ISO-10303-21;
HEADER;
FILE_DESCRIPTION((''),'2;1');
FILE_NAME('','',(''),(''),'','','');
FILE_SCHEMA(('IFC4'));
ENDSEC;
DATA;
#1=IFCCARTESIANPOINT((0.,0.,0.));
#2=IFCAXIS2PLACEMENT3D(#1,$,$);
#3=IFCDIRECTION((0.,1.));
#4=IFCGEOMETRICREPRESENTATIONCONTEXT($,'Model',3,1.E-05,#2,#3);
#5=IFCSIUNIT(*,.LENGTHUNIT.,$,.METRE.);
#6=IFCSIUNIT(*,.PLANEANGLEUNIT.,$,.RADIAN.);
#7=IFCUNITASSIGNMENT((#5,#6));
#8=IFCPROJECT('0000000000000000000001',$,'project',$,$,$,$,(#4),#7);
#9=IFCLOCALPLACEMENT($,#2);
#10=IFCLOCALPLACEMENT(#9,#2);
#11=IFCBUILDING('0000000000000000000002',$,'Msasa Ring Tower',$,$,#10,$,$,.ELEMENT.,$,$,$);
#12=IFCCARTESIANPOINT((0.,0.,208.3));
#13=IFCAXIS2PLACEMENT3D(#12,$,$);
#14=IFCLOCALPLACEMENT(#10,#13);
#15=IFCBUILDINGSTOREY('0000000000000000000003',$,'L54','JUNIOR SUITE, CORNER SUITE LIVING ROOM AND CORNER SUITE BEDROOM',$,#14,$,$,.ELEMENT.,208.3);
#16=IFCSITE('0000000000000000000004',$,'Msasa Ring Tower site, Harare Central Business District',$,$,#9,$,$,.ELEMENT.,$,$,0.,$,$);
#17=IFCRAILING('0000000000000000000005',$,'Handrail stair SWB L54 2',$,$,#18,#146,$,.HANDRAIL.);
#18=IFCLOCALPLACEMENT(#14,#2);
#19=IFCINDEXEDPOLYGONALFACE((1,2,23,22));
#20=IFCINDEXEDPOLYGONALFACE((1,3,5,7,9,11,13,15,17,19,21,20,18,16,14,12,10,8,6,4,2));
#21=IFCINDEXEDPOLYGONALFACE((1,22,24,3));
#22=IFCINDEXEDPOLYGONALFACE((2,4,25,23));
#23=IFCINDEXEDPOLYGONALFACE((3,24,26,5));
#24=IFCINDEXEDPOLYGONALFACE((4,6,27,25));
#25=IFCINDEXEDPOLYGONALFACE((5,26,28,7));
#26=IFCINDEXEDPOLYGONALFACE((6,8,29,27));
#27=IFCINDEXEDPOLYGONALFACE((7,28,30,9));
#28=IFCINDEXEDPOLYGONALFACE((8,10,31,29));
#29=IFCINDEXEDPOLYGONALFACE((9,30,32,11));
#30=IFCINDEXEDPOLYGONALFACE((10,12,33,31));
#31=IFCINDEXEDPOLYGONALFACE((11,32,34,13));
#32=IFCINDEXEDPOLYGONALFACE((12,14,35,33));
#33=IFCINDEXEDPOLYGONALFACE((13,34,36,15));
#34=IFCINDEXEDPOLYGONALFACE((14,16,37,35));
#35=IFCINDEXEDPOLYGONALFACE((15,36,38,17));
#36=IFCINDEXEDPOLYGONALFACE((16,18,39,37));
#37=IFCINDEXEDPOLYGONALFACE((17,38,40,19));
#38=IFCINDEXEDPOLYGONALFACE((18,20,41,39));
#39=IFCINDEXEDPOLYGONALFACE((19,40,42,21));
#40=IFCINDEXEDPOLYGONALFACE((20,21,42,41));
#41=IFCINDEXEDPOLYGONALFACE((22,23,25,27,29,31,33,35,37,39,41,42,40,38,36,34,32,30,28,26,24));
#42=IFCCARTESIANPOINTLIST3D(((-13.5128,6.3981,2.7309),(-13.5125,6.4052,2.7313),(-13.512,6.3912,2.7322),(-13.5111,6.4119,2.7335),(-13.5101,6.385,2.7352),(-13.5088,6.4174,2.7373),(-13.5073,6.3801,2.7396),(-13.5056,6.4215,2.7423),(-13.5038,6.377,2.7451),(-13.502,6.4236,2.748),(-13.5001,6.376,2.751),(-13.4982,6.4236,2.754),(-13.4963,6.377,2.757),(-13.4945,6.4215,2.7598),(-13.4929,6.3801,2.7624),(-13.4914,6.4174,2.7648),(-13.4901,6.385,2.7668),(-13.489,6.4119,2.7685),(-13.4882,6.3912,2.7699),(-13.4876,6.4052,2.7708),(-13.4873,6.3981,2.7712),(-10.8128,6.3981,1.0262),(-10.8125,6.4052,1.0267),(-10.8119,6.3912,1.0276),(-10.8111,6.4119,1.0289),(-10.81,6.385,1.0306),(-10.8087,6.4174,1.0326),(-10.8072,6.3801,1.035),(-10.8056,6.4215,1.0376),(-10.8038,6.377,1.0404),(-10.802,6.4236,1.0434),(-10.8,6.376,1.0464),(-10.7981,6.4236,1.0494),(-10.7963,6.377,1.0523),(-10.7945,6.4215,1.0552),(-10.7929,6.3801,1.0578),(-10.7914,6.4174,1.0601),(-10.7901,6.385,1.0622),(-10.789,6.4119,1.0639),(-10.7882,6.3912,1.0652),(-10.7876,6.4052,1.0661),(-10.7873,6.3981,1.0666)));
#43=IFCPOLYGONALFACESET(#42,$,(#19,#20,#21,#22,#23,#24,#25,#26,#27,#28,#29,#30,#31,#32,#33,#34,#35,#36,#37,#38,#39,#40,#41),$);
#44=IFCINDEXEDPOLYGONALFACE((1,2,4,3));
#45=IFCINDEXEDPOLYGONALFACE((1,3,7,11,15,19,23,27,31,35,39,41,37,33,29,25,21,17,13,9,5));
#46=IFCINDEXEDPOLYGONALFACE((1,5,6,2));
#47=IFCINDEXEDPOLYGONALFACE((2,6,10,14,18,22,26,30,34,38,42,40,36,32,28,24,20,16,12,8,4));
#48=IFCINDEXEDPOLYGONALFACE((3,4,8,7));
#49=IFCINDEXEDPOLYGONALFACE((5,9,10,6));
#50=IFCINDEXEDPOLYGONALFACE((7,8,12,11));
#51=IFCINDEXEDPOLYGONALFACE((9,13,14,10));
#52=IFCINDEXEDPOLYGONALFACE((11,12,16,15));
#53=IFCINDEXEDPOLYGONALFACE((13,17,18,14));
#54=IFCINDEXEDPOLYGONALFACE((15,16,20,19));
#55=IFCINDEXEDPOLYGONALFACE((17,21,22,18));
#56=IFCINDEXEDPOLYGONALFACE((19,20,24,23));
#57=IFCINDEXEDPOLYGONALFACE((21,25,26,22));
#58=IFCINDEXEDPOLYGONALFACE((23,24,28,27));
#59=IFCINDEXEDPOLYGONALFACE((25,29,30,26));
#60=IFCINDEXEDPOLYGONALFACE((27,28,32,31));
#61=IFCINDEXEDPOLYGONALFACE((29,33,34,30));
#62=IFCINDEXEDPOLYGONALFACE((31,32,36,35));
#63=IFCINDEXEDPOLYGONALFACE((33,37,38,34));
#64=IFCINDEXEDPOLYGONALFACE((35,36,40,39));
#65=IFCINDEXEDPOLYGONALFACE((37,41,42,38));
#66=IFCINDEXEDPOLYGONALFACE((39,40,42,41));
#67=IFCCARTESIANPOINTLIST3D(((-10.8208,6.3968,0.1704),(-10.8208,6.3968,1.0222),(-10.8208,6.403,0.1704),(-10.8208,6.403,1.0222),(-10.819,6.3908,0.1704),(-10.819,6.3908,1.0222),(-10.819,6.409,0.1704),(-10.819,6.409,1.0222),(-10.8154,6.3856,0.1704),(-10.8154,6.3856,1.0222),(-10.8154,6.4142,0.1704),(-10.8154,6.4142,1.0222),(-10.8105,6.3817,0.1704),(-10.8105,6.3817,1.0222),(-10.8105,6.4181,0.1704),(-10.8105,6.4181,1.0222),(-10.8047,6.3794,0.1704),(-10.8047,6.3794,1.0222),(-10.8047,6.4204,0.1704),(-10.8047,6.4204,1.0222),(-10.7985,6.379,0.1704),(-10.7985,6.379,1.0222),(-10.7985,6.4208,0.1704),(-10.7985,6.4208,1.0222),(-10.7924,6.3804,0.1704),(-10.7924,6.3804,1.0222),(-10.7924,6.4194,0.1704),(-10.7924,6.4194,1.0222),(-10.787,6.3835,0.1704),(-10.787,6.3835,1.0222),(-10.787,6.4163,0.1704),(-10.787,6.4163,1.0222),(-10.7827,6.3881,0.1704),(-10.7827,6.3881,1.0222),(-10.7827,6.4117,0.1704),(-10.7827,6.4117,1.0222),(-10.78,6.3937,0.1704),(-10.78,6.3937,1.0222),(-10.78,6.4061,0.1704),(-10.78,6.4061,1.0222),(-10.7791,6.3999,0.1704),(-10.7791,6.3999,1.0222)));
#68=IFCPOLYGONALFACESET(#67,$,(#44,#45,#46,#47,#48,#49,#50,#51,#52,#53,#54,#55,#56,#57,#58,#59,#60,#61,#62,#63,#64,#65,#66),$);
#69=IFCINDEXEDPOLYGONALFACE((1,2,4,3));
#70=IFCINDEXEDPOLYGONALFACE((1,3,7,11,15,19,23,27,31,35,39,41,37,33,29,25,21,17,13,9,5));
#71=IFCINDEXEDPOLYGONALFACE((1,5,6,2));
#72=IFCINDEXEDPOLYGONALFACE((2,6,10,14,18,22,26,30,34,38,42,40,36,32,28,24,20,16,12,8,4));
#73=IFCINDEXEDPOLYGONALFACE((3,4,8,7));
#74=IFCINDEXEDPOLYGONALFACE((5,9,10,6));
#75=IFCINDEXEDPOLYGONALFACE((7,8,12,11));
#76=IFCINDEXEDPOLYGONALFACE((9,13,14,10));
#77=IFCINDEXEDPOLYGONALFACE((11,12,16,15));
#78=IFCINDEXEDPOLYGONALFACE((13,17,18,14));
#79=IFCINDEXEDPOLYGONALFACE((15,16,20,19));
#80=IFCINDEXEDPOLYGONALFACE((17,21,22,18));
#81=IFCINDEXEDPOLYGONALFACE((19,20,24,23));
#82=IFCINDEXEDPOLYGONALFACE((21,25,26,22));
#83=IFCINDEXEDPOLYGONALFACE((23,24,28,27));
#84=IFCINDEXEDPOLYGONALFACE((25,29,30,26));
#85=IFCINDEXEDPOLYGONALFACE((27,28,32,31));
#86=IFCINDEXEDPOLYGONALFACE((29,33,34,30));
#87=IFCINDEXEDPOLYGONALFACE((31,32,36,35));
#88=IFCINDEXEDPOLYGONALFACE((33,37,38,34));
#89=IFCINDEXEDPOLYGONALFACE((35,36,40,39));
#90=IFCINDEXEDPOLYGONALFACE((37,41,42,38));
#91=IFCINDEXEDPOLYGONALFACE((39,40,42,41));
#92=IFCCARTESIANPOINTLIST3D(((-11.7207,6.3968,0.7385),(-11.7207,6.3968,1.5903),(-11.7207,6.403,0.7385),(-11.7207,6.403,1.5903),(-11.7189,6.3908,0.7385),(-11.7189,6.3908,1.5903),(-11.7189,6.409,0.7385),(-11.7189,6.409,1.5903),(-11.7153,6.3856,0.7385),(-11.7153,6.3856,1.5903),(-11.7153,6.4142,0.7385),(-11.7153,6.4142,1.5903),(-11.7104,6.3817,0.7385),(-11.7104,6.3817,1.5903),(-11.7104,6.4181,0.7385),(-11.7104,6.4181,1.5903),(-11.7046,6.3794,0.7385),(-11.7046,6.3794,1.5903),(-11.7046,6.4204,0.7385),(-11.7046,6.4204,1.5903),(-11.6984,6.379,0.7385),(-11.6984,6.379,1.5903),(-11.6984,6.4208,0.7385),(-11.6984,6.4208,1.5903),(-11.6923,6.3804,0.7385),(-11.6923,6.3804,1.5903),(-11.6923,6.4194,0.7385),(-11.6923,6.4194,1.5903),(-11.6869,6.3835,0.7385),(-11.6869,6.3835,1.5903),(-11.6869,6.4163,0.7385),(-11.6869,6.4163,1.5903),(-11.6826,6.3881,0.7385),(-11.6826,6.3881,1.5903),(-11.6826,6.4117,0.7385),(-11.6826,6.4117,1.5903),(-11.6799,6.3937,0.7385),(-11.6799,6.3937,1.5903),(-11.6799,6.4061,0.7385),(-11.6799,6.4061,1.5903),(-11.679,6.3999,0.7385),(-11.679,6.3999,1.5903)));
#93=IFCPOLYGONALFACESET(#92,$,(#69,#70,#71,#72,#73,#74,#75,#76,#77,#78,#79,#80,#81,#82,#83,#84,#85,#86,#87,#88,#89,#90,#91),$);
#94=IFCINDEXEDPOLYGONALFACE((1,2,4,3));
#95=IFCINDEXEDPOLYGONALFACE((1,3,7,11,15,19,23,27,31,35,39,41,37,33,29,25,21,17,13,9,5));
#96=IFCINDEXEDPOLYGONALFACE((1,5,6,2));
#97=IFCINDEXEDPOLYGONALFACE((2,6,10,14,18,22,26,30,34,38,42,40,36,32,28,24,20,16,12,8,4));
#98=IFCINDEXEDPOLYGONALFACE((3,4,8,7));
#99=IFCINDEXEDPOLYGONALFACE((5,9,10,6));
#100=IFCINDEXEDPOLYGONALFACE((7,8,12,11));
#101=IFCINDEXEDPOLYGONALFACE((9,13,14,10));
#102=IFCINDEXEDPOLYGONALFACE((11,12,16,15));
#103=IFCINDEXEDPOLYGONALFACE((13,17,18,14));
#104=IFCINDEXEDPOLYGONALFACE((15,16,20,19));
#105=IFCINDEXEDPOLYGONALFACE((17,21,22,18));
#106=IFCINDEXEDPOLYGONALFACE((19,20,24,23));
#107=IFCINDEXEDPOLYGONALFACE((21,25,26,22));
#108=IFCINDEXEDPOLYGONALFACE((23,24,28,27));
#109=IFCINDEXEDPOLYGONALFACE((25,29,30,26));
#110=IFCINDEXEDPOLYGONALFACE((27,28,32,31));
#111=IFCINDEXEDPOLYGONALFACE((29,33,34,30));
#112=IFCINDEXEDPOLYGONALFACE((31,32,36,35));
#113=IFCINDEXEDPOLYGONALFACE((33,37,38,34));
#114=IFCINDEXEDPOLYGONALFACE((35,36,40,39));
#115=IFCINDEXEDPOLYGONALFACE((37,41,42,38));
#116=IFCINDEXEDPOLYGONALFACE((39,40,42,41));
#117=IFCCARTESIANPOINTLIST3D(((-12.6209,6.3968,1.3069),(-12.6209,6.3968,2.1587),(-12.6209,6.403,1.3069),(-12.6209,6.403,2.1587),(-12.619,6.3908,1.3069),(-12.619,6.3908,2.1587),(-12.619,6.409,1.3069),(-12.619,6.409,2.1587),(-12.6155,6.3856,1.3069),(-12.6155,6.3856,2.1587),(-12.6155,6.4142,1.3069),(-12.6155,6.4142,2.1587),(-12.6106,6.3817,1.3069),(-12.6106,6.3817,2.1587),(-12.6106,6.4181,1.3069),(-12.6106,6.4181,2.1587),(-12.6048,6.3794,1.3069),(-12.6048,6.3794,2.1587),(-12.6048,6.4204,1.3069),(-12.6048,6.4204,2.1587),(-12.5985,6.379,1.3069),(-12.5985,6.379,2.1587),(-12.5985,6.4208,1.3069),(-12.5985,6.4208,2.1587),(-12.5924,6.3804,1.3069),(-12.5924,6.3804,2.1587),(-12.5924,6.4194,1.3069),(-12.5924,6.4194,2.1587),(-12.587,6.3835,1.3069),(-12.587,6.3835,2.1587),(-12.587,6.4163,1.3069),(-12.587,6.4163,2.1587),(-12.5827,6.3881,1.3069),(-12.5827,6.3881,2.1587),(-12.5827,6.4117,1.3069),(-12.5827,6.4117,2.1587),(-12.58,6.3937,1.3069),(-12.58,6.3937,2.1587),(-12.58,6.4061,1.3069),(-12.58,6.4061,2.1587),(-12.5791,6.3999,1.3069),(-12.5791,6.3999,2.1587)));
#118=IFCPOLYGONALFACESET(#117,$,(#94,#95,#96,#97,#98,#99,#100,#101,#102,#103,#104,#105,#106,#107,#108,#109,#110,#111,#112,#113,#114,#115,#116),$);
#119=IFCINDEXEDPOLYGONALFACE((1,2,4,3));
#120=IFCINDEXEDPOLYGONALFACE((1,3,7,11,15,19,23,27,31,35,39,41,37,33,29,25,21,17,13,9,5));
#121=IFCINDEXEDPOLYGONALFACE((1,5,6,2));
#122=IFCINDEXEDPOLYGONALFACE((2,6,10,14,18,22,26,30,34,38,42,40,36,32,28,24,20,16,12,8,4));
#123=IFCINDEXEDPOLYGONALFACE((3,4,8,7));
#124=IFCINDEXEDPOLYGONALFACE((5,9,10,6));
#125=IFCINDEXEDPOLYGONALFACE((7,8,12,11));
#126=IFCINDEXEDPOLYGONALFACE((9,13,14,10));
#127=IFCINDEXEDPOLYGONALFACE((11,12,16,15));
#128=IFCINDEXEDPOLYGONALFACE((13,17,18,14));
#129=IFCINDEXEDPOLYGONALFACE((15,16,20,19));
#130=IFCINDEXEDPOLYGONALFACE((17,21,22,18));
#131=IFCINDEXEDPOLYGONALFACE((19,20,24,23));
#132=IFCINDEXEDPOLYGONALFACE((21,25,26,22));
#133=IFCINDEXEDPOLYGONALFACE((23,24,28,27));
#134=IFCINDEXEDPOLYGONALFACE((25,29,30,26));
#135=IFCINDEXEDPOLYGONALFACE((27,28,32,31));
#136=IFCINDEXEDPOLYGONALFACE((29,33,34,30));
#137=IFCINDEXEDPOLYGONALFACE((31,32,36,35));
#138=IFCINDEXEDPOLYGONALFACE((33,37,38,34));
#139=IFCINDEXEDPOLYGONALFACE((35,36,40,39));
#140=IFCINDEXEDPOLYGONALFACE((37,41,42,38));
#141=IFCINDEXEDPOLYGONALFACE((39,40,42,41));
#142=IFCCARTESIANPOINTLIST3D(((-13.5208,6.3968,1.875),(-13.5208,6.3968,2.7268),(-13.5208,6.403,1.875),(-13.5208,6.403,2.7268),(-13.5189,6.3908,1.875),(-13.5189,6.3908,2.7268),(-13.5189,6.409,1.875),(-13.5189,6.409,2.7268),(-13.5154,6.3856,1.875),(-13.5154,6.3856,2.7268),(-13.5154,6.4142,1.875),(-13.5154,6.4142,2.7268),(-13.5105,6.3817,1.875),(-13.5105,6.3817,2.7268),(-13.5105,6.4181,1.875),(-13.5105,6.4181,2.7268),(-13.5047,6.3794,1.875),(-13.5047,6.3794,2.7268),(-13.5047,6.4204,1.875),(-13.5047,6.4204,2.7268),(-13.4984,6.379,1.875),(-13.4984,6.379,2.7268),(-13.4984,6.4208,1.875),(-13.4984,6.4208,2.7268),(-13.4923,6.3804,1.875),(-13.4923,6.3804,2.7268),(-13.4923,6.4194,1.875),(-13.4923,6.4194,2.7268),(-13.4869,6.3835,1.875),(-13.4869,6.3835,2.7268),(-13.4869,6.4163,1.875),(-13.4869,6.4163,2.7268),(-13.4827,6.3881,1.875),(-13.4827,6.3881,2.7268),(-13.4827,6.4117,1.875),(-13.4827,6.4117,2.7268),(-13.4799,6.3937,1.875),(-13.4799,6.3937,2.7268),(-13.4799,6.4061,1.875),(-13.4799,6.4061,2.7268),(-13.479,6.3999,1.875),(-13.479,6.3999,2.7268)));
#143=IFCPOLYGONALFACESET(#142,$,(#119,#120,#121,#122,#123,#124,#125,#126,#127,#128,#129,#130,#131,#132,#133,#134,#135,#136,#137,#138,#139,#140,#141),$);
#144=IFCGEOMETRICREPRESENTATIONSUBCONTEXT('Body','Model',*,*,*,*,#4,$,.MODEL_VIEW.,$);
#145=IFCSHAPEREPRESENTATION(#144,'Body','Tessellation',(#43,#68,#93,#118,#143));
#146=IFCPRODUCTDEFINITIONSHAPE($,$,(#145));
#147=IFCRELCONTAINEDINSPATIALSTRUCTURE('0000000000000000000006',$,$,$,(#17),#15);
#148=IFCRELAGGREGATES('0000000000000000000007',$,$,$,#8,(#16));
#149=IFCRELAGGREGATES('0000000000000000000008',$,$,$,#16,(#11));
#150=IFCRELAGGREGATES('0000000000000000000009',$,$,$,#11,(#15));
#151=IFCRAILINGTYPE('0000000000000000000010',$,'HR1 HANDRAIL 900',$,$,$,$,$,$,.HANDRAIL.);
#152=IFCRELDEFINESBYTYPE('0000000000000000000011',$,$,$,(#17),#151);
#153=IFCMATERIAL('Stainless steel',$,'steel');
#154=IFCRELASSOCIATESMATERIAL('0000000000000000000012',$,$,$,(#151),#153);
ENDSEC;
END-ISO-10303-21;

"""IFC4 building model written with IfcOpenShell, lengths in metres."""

from ifc_helpers import new_model, si_unit, direction, frame, origin, origin_2d, place, context, subcontext, project, spatial, circle, extrude, material, type_object, element, save


model = new_model("IFC4")

# Units and contexts
model_context = context("Model", 3, precision=1e-05, world=origin(), true_north=direction((0.0, 1.0)))
body_context = subcontext(model_context, "Body", "Model", "MODEL_VIEW")
ifc_project = project(units=[si_unit("LENGTHUNIT", "METRE"), si_unit("PLANEANGLEUNIT", "RADIAN")], contexts=[model_context])

# Site, building, storey
site_placement = place(None, origin())
site = spatial("IfcSite", under=ifc_project, at=site_placement, Name="Msasa Ring Tower site, Harare Central Business District", CompositionType="ELEMENT", RefElevation=0.0)
building_placement = place(site_placement, origin())
building = spatial("IfcBuilding", under=site, at=building_placement, Name="Msasa Ring Tower", CompositionType="ELEMENT")
storey_placement = place(building_placement, frame((0.0, 0.0, 208.3)))
storey = spatial("IfcBuildingStorey", under=building, at=storey_placement, Name="L54", Description="JUNIOR SUITE, CORNER SUITE LIVING ROOM AND CORNER SUITE BEDROOM", CompositionType="ELEMENT", Elevation=208.3)

# Railing
ifc_material_1 = material(Name="Stainless steel", Category="steel")
railing_type = type_object("IfcRailingType", Name="HR1 HANDRAIL 900", PredefinedType="HANDRAIL", material=ifc_material_1)
for number, where, name in (
    (1, (-10.8, 6.3999, 0.1704), "Handrail stair SWB L54 2"),
):
    element("IfcRailing", number, at=place(storey_placement, frame(where)), inside=storey, type_object=railing_type, Name=name, PredefinedType="HANDRAIL", context=body_context, shape_type="SweptSolid", body=[
        extrude(circle(Radius=0.0239, at=origin_2d()), frame((0.0, 0.0, 0.876), z_axis=(-0.84558, 0.0, 0.533849), x_axis=(0.0, -1.0, 0.0)), (0.0, 0.0, 1.0), 3.1931),
        extrude(circle(Radius=0.021, at=origin_2d()), origin(), (0.0, 0.0, 1.0), 0.8518),
        extrude(circle(Radius=0.021, at=origin_2d()), frame((-0.8999, 0.0, 0.5681)), (0.0, 0.0, 1.0), 0.8518),
        extrude(circle(Radius=0.021, at=origin_2d()), frame((-1.8, 0.0, 1.1365)), (0.0, 0.0, 1.0), 0.8518),
        extrude(circle(Radius=0.021, at=origin_2d()), frame((-2.7, 0.0, 1.7046)), (0.0, 0.0, 1.0), 0.8518),
    ])

save(model, "model.ifc")
